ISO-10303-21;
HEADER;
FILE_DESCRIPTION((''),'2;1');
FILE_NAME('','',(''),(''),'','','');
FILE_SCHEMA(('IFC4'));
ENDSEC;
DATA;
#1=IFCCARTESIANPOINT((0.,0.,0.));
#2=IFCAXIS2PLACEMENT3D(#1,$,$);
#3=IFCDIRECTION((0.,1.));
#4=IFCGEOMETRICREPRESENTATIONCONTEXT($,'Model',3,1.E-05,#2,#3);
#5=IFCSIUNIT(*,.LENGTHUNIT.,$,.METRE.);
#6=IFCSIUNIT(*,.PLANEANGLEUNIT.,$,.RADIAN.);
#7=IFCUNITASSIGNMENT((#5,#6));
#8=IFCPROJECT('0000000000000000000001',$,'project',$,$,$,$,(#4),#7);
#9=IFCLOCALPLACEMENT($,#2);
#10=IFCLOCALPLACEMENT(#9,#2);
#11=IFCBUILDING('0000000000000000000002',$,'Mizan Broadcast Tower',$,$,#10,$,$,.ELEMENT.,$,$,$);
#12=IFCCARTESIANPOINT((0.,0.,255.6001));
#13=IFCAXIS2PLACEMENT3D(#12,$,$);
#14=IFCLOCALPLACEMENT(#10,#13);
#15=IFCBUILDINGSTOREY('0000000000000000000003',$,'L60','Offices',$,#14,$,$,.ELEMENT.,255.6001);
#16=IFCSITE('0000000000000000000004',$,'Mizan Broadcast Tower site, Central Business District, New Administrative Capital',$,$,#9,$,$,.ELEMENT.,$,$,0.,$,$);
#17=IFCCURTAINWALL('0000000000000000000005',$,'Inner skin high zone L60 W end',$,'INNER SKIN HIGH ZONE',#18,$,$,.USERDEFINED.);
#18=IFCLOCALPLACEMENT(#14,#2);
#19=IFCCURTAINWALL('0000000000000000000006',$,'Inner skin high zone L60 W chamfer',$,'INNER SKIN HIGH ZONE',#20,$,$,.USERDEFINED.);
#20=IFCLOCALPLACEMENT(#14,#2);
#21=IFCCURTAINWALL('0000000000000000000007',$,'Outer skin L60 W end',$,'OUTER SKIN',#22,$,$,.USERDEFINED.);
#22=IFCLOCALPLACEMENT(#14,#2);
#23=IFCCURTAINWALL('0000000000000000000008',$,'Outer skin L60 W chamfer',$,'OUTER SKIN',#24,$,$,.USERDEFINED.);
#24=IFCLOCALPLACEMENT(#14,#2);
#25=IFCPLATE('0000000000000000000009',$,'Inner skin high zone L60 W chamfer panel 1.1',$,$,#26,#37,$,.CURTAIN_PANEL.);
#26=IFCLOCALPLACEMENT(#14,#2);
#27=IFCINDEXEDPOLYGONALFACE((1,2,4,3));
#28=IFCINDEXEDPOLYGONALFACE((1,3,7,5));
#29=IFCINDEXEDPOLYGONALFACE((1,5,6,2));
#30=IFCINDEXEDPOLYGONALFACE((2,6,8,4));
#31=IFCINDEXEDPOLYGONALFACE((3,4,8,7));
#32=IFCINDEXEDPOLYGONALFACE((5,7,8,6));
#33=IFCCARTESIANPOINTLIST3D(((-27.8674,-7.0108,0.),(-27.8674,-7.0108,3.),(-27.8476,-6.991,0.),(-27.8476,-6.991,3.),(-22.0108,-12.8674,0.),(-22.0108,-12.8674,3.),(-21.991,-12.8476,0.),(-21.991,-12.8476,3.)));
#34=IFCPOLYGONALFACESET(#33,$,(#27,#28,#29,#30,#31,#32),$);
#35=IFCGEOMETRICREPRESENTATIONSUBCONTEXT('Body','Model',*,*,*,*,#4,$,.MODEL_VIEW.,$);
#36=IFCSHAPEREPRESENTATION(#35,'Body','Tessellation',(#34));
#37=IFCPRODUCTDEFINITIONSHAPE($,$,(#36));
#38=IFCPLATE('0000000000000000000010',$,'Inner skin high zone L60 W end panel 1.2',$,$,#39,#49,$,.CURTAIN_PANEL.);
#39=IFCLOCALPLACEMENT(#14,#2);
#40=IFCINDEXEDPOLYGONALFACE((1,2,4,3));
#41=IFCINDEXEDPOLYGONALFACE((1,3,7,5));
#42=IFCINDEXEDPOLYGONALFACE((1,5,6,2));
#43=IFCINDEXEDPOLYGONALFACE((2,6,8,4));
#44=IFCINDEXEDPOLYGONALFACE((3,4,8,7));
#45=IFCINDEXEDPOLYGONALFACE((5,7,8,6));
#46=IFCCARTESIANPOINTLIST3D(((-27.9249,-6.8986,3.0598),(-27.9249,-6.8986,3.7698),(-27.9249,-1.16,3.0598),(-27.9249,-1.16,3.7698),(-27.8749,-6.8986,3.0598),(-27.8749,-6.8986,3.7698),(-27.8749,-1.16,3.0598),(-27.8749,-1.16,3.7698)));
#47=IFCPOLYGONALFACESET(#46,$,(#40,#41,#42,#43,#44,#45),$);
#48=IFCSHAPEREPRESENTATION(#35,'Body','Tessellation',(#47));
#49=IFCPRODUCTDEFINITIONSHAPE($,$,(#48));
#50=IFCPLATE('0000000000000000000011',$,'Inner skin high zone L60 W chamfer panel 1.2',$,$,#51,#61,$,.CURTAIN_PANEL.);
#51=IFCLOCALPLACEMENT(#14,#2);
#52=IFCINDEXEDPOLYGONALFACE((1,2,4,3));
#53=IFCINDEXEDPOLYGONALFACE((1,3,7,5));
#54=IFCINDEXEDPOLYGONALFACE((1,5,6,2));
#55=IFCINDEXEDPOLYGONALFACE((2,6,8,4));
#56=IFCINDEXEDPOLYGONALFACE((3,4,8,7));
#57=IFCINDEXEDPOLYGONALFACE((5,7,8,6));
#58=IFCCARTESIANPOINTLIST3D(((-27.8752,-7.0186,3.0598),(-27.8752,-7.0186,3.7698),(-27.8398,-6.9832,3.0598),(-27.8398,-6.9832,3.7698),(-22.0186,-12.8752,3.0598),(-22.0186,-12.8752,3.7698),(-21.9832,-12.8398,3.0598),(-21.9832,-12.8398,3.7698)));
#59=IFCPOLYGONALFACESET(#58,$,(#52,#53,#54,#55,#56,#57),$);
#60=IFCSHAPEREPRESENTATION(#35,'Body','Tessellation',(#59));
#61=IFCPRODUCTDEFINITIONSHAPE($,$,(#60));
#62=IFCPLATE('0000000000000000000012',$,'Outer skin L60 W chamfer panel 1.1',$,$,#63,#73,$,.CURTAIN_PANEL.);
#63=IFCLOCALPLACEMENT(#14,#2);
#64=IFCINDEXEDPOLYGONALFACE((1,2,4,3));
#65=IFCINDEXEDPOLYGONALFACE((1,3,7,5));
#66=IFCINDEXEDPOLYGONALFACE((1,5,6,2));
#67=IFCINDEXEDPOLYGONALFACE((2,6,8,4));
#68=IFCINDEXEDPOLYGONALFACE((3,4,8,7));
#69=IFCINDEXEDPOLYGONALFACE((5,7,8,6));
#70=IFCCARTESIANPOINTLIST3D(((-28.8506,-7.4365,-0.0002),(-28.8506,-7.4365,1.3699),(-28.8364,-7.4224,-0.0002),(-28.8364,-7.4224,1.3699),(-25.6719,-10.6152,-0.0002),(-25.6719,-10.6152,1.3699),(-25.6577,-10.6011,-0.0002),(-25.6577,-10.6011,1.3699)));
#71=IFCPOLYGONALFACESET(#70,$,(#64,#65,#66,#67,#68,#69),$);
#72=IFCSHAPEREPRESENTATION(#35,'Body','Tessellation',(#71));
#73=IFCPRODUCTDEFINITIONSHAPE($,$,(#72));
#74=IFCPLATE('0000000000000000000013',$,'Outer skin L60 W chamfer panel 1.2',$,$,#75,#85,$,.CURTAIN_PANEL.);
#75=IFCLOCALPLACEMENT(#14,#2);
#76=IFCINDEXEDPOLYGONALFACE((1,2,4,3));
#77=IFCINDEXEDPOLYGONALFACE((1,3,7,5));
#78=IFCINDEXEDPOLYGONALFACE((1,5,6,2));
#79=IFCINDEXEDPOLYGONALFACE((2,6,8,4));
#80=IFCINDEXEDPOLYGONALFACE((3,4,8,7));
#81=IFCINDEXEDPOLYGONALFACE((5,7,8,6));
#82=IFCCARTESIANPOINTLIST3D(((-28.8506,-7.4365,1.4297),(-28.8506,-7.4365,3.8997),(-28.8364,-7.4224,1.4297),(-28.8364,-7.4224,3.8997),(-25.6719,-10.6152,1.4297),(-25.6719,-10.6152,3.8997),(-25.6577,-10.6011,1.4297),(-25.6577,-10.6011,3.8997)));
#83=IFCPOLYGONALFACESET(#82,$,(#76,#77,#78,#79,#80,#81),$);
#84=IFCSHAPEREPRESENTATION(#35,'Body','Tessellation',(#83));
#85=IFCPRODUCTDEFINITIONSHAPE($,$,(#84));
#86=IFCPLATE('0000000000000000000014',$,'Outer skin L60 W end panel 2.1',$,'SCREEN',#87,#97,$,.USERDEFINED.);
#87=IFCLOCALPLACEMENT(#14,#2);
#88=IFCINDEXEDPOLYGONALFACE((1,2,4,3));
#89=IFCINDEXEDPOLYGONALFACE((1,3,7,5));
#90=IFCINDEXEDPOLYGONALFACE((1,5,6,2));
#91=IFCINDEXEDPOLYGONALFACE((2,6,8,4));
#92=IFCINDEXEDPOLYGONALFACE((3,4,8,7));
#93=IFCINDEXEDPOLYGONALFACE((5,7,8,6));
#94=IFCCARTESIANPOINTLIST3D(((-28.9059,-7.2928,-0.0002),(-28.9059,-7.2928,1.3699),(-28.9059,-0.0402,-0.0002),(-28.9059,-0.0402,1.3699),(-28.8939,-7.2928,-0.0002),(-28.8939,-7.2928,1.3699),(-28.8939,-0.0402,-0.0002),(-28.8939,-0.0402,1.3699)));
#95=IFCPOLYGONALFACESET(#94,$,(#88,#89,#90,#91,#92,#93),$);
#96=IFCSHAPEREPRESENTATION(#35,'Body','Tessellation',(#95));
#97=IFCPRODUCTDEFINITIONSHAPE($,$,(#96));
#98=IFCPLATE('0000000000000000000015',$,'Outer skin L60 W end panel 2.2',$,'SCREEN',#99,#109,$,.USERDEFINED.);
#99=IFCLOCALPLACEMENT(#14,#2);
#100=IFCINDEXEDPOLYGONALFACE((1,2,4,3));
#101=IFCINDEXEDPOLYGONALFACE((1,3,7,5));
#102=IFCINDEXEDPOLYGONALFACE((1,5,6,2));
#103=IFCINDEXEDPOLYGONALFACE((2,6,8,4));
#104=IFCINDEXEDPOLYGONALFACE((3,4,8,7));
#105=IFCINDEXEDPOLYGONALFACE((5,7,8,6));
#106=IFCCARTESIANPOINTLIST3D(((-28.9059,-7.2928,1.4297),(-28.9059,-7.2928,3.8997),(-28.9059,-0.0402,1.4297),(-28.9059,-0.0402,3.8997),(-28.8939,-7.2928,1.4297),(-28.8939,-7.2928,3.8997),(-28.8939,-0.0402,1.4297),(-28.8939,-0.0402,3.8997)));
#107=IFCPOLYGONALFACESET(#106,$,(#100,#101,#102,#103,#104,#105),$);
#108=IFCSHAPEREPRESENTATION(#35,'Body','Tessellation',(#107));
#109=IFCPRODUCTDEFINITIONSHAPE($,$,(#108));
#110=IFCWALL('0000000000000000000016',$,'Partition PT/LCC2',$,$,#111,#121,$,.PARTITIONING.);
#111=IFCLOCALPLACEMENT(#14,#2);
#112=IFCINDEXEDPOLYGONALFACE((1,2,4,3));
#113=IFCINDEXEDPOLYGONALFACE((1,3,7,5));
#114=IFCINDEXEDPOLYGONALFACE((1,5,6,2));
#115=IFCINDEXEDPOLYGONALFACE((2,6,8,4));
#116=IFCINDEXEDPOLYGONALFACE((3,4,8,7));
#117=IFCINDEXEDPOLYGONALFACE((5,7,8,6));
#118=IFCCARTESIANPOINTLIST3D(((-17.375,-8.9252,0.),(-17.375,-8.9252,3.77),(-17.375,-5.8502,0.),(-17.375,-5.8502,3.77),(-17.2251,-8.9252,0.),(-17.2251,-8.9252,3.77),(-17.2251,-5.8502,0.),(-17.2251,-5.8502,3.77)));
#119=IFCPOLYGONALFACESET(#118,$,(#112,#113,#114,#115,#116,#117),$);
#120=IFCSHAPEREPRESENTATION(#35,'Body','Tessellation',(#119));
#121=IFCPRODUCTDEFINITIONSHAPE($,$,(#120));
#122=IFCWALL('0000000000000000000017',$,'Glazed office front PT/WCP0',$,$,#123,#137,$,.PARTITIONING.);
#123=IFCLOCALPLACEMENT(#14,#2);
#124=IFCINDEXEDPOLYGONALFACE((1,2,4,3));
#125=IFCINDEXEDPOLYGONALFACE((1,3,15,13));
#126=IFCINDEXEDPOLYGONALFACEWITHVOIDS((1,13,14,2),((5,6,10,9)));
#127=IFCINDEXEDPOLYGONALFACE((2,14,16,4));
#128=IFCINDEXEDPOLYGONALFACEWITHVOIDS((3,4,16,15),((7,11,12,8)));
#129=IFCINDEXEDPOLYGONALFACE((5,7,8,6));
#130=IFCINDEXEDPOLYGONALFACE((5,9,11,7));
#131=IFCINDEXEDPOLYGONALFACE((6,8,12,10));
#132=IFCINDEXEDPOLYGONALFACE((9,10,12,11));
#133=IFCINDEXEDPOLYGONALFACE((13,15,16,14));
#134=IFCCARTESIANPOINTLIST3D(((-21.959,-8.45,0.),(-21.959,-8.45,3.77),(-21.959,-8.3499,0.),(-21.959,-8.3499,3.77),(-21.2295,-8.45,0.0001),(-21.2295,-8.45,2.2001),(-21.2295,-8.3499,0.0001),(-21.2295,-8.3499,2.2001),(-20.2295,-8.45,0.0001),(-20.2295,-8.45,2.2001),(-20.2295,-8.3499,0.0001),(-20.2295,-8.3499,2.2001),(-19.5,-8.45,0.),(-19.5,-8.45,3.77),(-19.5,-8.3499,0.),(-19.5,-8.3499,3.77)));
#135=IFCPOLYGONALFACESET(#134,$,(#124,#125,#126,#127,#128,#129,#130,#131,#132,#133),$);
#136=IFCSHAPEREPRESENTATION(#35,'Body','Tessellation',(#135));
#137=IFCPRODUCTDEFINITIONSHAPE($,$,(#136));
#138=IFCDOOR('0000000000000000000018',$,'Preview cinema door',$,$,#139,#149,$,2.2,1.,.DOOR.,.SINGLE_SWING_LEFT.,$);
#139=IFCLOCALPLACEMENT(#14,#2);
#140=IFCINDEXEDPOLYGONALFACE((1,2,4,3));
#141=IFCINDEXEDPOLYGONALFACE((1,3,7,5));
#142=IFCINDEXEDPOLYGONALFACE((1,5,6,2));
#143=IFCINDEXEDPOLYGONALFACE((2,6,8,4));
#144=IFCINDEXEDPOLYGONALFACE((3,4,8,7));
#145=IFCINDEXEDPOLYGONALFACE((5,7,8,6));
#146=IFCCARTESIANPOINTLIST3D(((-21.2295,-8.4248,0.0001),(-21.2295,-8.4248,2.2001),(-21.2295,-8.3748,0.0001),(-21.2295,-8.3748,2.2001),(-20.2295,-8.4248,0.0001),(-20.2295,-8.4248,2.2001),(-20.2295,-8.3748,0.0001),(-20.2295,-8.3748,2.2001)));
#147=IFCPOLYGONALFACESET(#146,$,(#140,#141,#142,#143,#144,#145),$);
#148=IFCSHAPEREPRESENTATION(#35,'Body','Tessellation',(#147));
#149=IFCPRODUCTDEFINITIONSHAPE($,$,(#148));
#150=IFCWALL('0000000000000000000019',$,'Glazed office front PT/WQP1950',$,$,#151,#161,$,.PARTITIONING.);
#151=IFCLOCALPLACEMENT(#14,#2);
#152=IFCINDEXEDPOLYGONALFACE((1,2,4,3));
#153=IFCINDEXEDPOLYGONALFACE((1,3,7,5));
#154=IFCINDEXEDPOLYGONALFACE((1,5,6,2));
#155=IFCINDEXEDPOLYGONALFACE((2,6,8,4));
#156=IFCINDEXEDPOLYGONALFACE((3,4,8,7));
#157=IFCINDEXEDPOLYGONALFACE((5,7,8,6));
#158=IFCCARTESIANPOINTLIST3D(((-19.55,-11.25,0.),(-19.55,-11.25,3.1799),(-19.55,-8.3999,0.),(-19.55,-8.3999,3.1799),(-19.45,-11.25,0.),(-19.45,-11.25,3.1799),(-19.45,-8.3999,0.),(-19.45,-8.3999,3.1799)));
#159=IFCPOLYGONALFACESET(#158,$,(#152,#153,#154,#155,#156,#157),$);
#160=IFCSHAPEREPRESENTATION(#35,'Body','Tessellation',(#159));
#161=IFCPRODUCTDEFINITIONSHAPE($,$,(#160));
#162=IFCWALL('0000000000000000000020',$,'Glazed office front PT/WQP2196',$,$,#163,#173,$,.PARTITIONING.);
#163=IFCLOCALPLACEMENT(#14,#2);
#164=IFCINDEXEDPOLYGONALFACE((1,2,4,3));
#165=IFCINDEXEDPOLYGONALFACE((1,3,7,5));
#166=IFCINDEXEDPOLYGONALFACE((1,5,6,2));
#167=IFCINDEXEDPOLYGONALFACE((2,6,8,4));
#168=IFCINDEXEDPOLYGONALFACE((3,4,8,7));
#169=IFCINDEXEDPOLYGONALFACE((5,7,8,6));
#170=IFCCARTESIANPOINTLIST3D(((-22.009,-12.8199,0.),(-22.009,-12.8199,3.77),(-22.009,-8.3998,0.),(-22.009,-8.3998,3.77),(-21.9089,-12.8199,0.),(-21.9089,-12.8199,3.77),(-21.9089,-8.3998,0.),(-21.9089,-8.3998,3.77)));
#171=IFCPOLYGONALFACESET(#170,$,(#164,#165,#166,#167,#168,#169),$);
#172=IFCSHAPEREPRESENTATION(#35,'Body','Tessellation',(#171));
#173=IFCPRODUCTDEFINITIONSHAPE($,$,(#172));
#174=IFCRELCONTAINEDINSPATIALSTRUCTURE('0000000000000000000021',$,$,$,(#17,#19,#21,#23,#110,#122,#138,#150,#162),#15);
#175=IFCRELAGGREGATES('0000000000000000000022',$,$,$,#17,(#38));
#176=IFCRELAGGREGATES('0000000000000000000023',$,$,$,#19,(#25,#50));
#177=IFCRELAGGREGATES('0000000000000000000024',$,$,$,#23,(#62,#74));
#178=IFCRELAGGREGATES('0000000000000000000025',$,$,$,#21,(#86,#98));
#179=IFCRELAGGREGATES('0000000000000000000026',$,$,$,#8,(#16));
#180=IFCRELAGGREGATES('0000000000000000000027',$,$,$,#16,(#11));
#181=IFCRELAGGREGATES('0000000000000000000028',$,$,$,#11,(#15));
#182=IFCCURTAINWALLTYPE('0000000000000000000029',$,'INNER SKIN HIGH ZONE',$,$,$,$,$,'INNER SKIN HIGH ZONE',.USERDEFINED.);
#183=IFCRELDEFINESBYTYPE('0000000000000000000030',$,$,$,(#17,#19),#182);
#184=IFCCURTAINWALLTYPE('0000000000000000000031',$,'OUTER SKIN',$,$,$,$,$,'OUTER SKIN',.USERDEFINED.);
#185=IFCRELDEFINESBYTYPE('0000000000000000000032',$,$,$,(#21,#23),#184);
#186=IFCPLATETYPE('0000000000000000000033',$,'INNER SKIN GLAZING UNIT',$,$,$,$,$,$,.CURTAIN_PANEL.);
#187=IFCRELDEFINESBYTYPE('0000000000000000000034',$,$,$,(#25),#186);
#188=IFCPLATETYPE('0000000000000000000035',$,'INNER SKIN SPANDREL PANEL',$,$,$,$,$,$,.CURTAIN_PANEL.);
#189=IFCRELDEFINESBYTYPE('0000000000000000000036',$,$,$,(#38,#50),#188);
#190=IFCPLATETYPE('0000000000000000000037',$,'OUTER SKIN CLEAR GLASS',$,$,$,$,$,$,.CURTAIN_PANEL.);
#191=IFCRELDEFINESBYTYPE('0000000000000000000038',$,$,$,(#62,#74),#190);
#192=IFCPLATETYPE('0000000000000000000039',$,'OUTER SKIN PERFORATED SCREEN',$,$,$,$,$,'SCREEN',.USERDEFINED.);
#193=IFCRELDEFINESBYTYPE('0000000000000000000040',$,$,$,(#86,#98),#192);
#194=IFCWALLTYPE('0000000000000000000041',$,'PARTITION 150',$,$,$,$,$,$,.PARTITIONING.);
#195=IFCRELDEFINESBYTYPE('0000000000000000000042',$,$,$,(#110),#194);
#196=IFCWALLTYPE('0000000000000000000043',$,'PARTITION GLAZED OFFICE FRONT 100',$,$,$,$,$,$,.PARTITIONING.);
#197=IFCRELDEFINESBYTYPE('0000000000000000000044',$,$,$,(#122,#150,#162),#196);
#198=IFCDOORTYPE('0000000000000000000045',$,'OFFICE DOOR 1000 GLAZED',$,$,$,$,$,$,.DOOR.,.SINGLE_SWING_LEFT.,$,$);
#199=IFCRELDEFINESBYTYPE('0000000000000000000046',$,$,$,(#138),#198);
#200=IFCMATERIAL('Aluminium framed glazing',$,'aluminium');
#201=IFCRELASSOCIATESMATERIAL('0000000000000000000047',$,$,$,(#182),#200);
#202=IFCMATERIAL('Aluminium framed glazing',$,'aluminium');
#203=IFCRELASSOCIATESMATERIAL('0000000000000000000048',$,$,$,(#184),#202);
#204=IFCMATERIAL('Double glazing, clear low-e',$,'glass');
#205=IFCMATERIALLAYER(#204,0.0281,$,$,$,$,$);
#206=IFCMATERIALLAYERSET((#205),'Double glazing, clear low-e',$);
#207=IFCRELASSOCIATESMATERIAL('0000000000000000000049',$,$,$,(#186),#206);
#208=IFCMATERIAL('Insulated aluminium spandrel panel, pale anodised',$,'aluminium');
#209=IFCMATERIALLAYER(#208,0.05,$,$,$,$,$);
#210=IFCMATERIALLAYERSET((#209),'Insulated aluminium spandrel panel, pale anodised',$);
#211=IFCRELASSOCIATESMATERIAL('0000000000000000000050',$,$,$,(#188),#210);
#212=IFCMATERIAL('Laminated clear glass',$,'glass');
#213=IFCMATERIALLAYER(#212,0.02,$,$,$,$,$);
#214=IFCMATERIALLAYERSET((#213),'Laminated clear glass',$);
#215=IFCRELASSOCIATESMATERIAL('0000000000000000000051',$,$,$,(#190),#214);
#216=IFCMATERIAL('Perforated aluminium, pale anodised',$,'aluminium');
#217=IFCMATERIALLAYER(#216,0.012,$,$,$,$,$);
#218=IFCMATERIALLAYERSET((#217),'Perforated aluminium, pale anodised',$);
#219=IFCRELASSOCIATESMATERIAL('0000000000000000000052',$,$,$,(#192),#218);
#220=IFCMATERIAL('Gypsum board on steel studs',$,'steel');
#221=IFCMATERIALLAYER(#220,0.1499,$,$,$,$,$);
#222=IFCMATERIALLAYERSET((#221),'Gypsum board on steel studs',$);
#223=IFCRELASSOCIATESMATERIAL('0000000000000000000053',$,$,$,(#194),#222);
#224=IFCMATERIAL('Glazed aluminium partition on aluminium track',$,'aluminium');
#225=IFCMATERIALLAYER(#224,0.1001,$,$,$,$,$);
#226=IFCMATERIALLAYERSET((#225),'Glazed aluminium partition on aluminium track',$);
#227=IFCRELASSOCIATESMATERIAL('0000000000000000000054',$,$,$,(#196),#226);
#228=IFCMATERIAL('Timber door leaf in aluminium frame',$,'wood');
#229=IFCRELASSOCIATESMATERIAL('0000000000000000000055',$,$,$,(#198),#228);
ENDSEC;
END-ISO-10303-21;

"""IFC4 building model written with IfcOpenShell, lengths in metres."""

from ifc_helpers import new_model, si_unit, direction, frame, frame_2d, origin, origin_2d, place, context, subcontext, project, spatial, rectangle, extrude, material, layer, layer_set, type_object, element, fill, aggregate, save


model = new_model("IFC4")

# Units and contexts
model_context = context("Model", 3, precision=1e-05, world=origin(), true_north=direction((0.0, 1.0)))
body_context = subcontext(model_context, "Body", "Model", "MODEL_VIEW")
ifc_project = project(units=[si_unit("LENGTHUNIT", "METRE"), si_unit("PLANEANGLEUNIT", "RADIAN")], contexts=[model_context])

# Site, building, storey
site_placement = place(None, origin())
site = spatial("IfcSite", under=ifc_project, at=site_placement, Name="Mizan Broadcast Tower site, Central Business District, New Administrative Capital", CompositionType="ELEMENT", RefElevation=0.0)
building_placement = place(site_placement, origin())
building = spatial("IfcBuilding", under=site, at=building_placement, Name="Mizan Broadcast Tower", CompositionType="ELEMENT")
storey_placement = place(building_placement, frame((0.0, 0.0, 255.6001)))
storey = spatial("IfcBuildingStorey", under=building, at=storey_placement, Name="L60", Description="Offices", CompositionType="ELEMENT", Elevation=255.6001)

# Curtain wall
ifc_material_1 = material(Name="Aluminium framed glazing", Category="aluminium")
curtain_wall_type_1 = type_object("IfcCurtainWallType", Name="INNER SKIN HIGH ZONE", ElementType="INNER SKIN HIGH ZONE", PredefinedType="USERDEFINED", material=ifc_material_1)
curtain_wall_1_placement = place(storey_placement, origin())
curtain_wall_1 = element("IfcCurtainWall", 1, at=curtain_wall_1_placement, inside=storey, type_object=curtain_wall_type_1, Name="Inner skin high zone L60 W end", ObjectType="INNER SKIN HIGH ZONE", PredefinedType="USERDEFINED")

# Curtain walls
curtain_wall_2_placement = place(storey_placement, origin())
curtain_wall_2 = element("IfcCurtainWall", 2, at=curtain_wall_2_placement, inside=storey, type_object=curtain_wall_type_1, Name="Inner skin high zone L60 W chamfer", ObjectType="INNER SKIN HIGH ZONE", PredefinedType="USERDEFINED")
ifc_material_2 = material(Name="Aluminium framed glazing", Category="aluminium")
curtain_wall_type_2 = type_object("IfcCurtainWallType", Name="OUTER SKIN", ElementType="OUTER SKIN", PredefinedType="USERDEFINED", material=ifc_material_2)
curtain_wall_3_placement = place(storey_placement, origin())
curtain_wall_3 = element("IfcCurtainWall", 3, at=curtain_wall_3_placement, inside=storey, type_object=curtain_wall_type_2, Name="Outer skin L60 W end", ObjectType="OUTER SKIN", PredefinedType="USERDEFINED")
curtain_wall_4_placement = place(storey_placement, origin())
curtain_wall_4 = element("IfcCurtainWall", 4, at=curtain_wall_4_placement, inside=storey, type_object=curtain_wall_type_2, Name="Outer skin L60 W chamfer", ObjectType="OUTER SKIN", PredefinedType="USERDEFINED")

# Plates
ifc_material_3 = material(Name="Double glazing, clear low-e", Category="glass")
ifc_layer_1 = layer(ifc_material_3, 0.0281)
ifc_layer_set_1 = layer_set([ifc_layer_1], Name="Double glazing, clear low-e")
plate_type_1 = type_object("IfcPlateType", Name="INNER SKIN GLAZING UNIT", PredefinedType="CURTAIN_PANEL", material=ifc_layer_set_1)
plate_1_placement = place(storey_placement, frame((-24.9292, -9.9292, 0.0), z_axis=(0.0, 0.0, 1.0), x_axis=(0.707107, -0.707107, 0.0)))
plate_1 = element("IfcPlate", 5, at=plate_1_placement, type_object=plate_type_1, Name="Inner skin high zone L60 W chamfer panel 1.1", PredefinedType="CURTAIN_PANEL", context=body_context, shape_type="SweptSolid", body=[
    extrude(rectangle(XDim=8.2825, YDim=0.0281, at=origin_2d()), origin(), (0.0, 0.0, 1.0), 3.0),
])
ifc_material_4 = material(Name="Insulated aluminium spandrel panel, pale anodised", Category="aluminium")
ifc_layer_2 = layer(ifc_material_4, 0.05)
ifc_layer_set_2 = layer_set([ifc_layer_2], Name="Insulated aluminium spandrel panel, pale anodised")
plate_type_2 = type_object("IfcPlateType", Name="INNER SKIN SPANDREL PANEL", PredefinedType="CURTAIN_PANEL", material=ifc_layer_set_2)
plate_2_placement = place(storey_placement, frame((-27.8999, -4.0293, 3.0598), z_axis=(0.0, 0.0, 1.0), x_axis=(0.0, -1.0, 0.0)))
plate_2 = element("IfcPlate", 6, at=plate_2_placement, type_object=plate_type_2, Name="Inner skin high zone L60 W end panel 1.2", PredefinedType="CURTAIN_PANEL", context=body_context, shape_type="SweptSolid", body=[
    extrude(rectangle(XDim=5.7385, YDim=0.05, at=origin_2d()), origin(), (0.0, 0.0, 1.0), 0.71),
])
aggregate(curtain_wall_1, [plate_2])
plate_3_placement = place(storey_placement, frame((-24.9292, -9.9292, 3.0598), z_axis=(0.0, 0.0, 1.0), x_axis=(0.707107, -0.707107, 0.0)))
plate_3 = element("IfcPlate", 7, at=plate_3_placement, type_object=plate_type_2, Name="Inner skin high zone L60 W chamfer panel 1.2", PredefinedType="CURTAIN_PANEL", context=body_context, shape_type="SweptSolid", body=[
    extrude(rectangle(XDim=8.2825, YDim=0.05, at=origin_2d()), origin(), (0.0, 0.0, 1.0), 0.71),
])
aggregate(curtain_wall_2, [plate_1, plate_3])
ifc_material_5 = material(Name="Laminated clear glass", Category="glass")
ifc_layer_3 = layer(ifc_material_5, 0.02)
ifc_layer_set_3 = layer_set([ifc_layer_3], Name="Laminated clear glass")
plate_type_3 = type_object("IfcPlateType", Name="OUTER SKIN CLEAR GLASS", PredefinedType="CURTAIN_PANEL", material=ifc_layer_set_3)
plate_4_placement = place(storey_placement, frame((-27.2542, -9.0188, -0.0002), z_axis=(0.0, 0.0, 1.0), x_axis=(0.707107, -0.707107, 0.0)))
plate_4 = element("IfcPlate", 8, at=plate_4_placement, type_object=plate_type_3, Name="Outer skin L60 W chamfer panel 1.1", PredefinedType="CURTAIN_PANEL", context=body_context, shape_type="SweptSolid", body=[
    extrude(rectangle(XDim=4.4954, YDim=0.02, at=origin_2d()), origin(), (0.0, 0.0, 1.0), 1.3701),
])
plate_5_placement = place(storey_placement, frame((-27.2542, -9.0188, 1.4297), z_axis=(0.0, 0.0, 1.0), x_axis=(0.707107, -0.707107, 0.0)))
plate_5 = element("IfcPlate", 9, at=plate_5_placement, type_object=plate_type_3, Name="Outer skin L60 W chamfer panel 1.2", PredefinedType="CURTAIN_PANEL", context=body_context, shape_type="SweptSolid", body=[
    extrude(rectangle(XDim=4.4954, YDim=0.02, at=origin_2d()), origin(), (0.0, 0.0, 1.0), 2.47),
])
aggregate(curtain_wall_4, [plate_4, plate_5])
ifc_material_6 = material(Name="Perforated aluminium, pale anodised", Category="aluminium")
ifc_layer_4 = layer(ifc_material_6, 0.012)
ifc_layer_set_4 = layer_set([ifc_layer_4], Name="Perforated aluminium, pale anodised")
plate_type_4 = type_object("IfcPlateType", Name="OUTER SKIN PERFORATED SCREEN", ElementType="SCREEN", PredefinedType="USERDEFINED", material=ifc_layer_set_4)
plate_6_placement = place(storey_placement, frame((-28.8999, -3.6665, -0.0002), z_axis=(0.0, 0.0, 1.0), x_axis=(0.0, -1.0, 0.0)))
plate_6 = element("IfcPlate", 10, at=plate_6_placement, type_object=plate_type_4, Name="Outer skin L60 W end panel 2.1", ObjectType="SCREEN", PredefinedType="USERDEFINED", context=body_context, shape_type="SweptSolid", body=[
    extrude(rectangle(XDim=7.2527, YDim=0.012, at=origin_2d()), origin(), (0.0, 0.0, 1.0), 1.3701),
])
plate_7_placement = place(storey_placement, frame((-28.8999, -3.6665, 1.4297), z_axis=(0.0, 0.0, 1.0), x_axis=(0.0, -1.0, 0.0)))
plate_7 = element("IfcPlate", 11, at=plate_7_placement, type_object=plate_type_4, Name="Outer skin L60 W end panel 2.2", ObjectType="SCREEN", PredefinedType="USERDEFINED", context=body_context, shape_type="SweptSolid", body=[
    extrude(rectangle(XDim=7.2527, YDim=0.012, at=origin_2d()), origin(), (0.0, 0.0, 1.0), 2.47),
])
aggregate(curtain_wall_3, [plate_6, plate_7])

# Wall
ifc_material_7 = material(Name="Gypsum board on steel studs", Category="steel")
ifc_layer_5 = layer(ifc_material_7, 0.1499)
ifc_layer_set_5 = layer_set([ifc_layer_5], Name="Gypsum board on steel studs")
wall_type_1 = type_object("IfcWallType", Name="PARTITION 150", PredefinedType="PARTITIONING", material=ifc_layer_set_5)
wall_1_placement = place(storey_placement, frame((-17.3, -5.8501, 0.0), z_axis=(0.0, 0.0, 1.0), x_axis=(0.0, -1.0, 0.0)))
element("IfcWall", 12, at=wall_1_placement, inside=storey, type_object=wall_type_1, Name="Partition PT/LCC2", PredefinedType="PARTITIONING", context=body_context, shape_type="SweptSolid", body=[
    extrude(rectangle(XDim=3.075, YDim=0.1499, at=frame_2d((1.5376, 0.0))), origin(), (0.0, 0.0, 1.0), 3.77),
])

# Wall, opening, door
ifc_material_8 = material(Name="Glazed aluminium partition on aluminium track", Category="aluminium")
ifc_layer_6 = layer(ifc_material_8, 0.1001)
ifc_layer_set_6 = layer_set([ifc_layer_6], Name="Glazed aluminium partition on aluminium track")
wall_type_2 = type_object("IfcWallType", Name="PARTITION GLAZED OFFICE FRONT 100", PredefinedType="PARTITIONING", material=ifc_layer_set_6)
wall_2_placement = place(storey_placement, frame((-19.5, -8.3999, 0.0), z_axis=(0.0, 0.0, 1.0), x_axis=(-1.0, 0.0, 0.0)))
wall_2 = element("IfcWall", 13, at=wall_2_placement, inside=storey, type_object=wall_type_2, Name="Glazed office front PT/WCP0", PredefinedType="PARTITIONING", context=body_context, shape_type="SweptSolid", body=[
    extrude(rectangle(XDim=2.459, YDim=0.1001, at=frame_2d((1.2295, 0.0))), origin(), (0.0, 0.0, 1.0), 3.77),
])
opening_placement = place(wall_2_placement, frame((0.7295, 0.0, 0.0)))
opening = element("IfcOpeningElement", 14, at=opening_placement, cuts=wall_2, PredefinedType="OPENING", context=body_context, shape_type="SweptSolid", body=[
    extrude(rectangle(XDim=1.0, YDim=2.2, at=frame_2d((0.5, 1.1001))), frame((0.0, 0.0601, 0.0), z_axis=(0.0, -1.0, 0.0), x_axis=(1.0, 0.0, 0.0)), (0.0, 0.0, 1.0), 0.1201),
])
ifc_material_9 = material(Name="Timber door leaf in aluminium frame", Category="wood")
door_type = type_object("IfcDoorType", Name="OFFICE DOOR 1000 GLAZED", OperationType="SINGLE_SWING_LEFT", PredefinedType="DOOR", material=ifc_material_9)
door_placement = place(opening_placement, origin())
door = element("IfcDoor", 15, at=door_placement, inside=storey, type_object=door_type, Name="Preview cinema door", OperationType="SINGLE_SWING_LEFT", OverallHeight=2.2, OverallWidth=1.0, PredefinedType="DOOR", context=body_context, shape_type="SweptSolid", body=[
    extrude(rectangle(XDim=1.0, YDim=2.2, at=frame_2d((0.5, 1.1001))), frame((0.0, 0.0249, 0.0), z_axis=(0.0, -1.0, 0.0), x_axis=(1.0, 0.0, 0.0)), (0.0, 0.0, 1.0), 0.05),
])
fill(opening, door)

# Walls
wall_3_placement = place(storey_placement, frame((-19.5, -8.3999, 0.0), z_axis=(0.0, 0.0, 1.0), x_axis=(0.0, -1.0, 0.0)))
element("IfcWall", 16, at=wall_3_placement, inside=storey, type_object=wall_type_2, Name="Glazed office front PT/WQP1950", PredefinedType="PARTITIONING", context=body_context, shape_type="SweptSolid", body=[
    extrude(rectangle(XDim=2.8501, YDim=0.1001, at=frame_2d((1.425, 0.0))), origin(), (0.0, 0.0, 1.0), 3.1799),
])
wall_4_placement = place(storey_placement, frame((-21.959, -8.3999, 0.0), z_axis=(0.0, 0.0, 1.0), x_axis=(0.0, -1.0, 0.0)))
element("IfcWall", 17, at=wall_4_placement, inside=storey, type_object=wall_type_2, Name="Glazed office front PT/WQP2196", PredefinedType="PARTITIONING", context=body_context, shape_type="SweptSolid", body=[
    extrude(rectangle(XDim=4.4202, YDim=0.1001, at=frame_2d((2.21, 0.0))), origin(), (0.0, 0.0, 1.0), 3.77),
])

save(model, "model.ifc")
